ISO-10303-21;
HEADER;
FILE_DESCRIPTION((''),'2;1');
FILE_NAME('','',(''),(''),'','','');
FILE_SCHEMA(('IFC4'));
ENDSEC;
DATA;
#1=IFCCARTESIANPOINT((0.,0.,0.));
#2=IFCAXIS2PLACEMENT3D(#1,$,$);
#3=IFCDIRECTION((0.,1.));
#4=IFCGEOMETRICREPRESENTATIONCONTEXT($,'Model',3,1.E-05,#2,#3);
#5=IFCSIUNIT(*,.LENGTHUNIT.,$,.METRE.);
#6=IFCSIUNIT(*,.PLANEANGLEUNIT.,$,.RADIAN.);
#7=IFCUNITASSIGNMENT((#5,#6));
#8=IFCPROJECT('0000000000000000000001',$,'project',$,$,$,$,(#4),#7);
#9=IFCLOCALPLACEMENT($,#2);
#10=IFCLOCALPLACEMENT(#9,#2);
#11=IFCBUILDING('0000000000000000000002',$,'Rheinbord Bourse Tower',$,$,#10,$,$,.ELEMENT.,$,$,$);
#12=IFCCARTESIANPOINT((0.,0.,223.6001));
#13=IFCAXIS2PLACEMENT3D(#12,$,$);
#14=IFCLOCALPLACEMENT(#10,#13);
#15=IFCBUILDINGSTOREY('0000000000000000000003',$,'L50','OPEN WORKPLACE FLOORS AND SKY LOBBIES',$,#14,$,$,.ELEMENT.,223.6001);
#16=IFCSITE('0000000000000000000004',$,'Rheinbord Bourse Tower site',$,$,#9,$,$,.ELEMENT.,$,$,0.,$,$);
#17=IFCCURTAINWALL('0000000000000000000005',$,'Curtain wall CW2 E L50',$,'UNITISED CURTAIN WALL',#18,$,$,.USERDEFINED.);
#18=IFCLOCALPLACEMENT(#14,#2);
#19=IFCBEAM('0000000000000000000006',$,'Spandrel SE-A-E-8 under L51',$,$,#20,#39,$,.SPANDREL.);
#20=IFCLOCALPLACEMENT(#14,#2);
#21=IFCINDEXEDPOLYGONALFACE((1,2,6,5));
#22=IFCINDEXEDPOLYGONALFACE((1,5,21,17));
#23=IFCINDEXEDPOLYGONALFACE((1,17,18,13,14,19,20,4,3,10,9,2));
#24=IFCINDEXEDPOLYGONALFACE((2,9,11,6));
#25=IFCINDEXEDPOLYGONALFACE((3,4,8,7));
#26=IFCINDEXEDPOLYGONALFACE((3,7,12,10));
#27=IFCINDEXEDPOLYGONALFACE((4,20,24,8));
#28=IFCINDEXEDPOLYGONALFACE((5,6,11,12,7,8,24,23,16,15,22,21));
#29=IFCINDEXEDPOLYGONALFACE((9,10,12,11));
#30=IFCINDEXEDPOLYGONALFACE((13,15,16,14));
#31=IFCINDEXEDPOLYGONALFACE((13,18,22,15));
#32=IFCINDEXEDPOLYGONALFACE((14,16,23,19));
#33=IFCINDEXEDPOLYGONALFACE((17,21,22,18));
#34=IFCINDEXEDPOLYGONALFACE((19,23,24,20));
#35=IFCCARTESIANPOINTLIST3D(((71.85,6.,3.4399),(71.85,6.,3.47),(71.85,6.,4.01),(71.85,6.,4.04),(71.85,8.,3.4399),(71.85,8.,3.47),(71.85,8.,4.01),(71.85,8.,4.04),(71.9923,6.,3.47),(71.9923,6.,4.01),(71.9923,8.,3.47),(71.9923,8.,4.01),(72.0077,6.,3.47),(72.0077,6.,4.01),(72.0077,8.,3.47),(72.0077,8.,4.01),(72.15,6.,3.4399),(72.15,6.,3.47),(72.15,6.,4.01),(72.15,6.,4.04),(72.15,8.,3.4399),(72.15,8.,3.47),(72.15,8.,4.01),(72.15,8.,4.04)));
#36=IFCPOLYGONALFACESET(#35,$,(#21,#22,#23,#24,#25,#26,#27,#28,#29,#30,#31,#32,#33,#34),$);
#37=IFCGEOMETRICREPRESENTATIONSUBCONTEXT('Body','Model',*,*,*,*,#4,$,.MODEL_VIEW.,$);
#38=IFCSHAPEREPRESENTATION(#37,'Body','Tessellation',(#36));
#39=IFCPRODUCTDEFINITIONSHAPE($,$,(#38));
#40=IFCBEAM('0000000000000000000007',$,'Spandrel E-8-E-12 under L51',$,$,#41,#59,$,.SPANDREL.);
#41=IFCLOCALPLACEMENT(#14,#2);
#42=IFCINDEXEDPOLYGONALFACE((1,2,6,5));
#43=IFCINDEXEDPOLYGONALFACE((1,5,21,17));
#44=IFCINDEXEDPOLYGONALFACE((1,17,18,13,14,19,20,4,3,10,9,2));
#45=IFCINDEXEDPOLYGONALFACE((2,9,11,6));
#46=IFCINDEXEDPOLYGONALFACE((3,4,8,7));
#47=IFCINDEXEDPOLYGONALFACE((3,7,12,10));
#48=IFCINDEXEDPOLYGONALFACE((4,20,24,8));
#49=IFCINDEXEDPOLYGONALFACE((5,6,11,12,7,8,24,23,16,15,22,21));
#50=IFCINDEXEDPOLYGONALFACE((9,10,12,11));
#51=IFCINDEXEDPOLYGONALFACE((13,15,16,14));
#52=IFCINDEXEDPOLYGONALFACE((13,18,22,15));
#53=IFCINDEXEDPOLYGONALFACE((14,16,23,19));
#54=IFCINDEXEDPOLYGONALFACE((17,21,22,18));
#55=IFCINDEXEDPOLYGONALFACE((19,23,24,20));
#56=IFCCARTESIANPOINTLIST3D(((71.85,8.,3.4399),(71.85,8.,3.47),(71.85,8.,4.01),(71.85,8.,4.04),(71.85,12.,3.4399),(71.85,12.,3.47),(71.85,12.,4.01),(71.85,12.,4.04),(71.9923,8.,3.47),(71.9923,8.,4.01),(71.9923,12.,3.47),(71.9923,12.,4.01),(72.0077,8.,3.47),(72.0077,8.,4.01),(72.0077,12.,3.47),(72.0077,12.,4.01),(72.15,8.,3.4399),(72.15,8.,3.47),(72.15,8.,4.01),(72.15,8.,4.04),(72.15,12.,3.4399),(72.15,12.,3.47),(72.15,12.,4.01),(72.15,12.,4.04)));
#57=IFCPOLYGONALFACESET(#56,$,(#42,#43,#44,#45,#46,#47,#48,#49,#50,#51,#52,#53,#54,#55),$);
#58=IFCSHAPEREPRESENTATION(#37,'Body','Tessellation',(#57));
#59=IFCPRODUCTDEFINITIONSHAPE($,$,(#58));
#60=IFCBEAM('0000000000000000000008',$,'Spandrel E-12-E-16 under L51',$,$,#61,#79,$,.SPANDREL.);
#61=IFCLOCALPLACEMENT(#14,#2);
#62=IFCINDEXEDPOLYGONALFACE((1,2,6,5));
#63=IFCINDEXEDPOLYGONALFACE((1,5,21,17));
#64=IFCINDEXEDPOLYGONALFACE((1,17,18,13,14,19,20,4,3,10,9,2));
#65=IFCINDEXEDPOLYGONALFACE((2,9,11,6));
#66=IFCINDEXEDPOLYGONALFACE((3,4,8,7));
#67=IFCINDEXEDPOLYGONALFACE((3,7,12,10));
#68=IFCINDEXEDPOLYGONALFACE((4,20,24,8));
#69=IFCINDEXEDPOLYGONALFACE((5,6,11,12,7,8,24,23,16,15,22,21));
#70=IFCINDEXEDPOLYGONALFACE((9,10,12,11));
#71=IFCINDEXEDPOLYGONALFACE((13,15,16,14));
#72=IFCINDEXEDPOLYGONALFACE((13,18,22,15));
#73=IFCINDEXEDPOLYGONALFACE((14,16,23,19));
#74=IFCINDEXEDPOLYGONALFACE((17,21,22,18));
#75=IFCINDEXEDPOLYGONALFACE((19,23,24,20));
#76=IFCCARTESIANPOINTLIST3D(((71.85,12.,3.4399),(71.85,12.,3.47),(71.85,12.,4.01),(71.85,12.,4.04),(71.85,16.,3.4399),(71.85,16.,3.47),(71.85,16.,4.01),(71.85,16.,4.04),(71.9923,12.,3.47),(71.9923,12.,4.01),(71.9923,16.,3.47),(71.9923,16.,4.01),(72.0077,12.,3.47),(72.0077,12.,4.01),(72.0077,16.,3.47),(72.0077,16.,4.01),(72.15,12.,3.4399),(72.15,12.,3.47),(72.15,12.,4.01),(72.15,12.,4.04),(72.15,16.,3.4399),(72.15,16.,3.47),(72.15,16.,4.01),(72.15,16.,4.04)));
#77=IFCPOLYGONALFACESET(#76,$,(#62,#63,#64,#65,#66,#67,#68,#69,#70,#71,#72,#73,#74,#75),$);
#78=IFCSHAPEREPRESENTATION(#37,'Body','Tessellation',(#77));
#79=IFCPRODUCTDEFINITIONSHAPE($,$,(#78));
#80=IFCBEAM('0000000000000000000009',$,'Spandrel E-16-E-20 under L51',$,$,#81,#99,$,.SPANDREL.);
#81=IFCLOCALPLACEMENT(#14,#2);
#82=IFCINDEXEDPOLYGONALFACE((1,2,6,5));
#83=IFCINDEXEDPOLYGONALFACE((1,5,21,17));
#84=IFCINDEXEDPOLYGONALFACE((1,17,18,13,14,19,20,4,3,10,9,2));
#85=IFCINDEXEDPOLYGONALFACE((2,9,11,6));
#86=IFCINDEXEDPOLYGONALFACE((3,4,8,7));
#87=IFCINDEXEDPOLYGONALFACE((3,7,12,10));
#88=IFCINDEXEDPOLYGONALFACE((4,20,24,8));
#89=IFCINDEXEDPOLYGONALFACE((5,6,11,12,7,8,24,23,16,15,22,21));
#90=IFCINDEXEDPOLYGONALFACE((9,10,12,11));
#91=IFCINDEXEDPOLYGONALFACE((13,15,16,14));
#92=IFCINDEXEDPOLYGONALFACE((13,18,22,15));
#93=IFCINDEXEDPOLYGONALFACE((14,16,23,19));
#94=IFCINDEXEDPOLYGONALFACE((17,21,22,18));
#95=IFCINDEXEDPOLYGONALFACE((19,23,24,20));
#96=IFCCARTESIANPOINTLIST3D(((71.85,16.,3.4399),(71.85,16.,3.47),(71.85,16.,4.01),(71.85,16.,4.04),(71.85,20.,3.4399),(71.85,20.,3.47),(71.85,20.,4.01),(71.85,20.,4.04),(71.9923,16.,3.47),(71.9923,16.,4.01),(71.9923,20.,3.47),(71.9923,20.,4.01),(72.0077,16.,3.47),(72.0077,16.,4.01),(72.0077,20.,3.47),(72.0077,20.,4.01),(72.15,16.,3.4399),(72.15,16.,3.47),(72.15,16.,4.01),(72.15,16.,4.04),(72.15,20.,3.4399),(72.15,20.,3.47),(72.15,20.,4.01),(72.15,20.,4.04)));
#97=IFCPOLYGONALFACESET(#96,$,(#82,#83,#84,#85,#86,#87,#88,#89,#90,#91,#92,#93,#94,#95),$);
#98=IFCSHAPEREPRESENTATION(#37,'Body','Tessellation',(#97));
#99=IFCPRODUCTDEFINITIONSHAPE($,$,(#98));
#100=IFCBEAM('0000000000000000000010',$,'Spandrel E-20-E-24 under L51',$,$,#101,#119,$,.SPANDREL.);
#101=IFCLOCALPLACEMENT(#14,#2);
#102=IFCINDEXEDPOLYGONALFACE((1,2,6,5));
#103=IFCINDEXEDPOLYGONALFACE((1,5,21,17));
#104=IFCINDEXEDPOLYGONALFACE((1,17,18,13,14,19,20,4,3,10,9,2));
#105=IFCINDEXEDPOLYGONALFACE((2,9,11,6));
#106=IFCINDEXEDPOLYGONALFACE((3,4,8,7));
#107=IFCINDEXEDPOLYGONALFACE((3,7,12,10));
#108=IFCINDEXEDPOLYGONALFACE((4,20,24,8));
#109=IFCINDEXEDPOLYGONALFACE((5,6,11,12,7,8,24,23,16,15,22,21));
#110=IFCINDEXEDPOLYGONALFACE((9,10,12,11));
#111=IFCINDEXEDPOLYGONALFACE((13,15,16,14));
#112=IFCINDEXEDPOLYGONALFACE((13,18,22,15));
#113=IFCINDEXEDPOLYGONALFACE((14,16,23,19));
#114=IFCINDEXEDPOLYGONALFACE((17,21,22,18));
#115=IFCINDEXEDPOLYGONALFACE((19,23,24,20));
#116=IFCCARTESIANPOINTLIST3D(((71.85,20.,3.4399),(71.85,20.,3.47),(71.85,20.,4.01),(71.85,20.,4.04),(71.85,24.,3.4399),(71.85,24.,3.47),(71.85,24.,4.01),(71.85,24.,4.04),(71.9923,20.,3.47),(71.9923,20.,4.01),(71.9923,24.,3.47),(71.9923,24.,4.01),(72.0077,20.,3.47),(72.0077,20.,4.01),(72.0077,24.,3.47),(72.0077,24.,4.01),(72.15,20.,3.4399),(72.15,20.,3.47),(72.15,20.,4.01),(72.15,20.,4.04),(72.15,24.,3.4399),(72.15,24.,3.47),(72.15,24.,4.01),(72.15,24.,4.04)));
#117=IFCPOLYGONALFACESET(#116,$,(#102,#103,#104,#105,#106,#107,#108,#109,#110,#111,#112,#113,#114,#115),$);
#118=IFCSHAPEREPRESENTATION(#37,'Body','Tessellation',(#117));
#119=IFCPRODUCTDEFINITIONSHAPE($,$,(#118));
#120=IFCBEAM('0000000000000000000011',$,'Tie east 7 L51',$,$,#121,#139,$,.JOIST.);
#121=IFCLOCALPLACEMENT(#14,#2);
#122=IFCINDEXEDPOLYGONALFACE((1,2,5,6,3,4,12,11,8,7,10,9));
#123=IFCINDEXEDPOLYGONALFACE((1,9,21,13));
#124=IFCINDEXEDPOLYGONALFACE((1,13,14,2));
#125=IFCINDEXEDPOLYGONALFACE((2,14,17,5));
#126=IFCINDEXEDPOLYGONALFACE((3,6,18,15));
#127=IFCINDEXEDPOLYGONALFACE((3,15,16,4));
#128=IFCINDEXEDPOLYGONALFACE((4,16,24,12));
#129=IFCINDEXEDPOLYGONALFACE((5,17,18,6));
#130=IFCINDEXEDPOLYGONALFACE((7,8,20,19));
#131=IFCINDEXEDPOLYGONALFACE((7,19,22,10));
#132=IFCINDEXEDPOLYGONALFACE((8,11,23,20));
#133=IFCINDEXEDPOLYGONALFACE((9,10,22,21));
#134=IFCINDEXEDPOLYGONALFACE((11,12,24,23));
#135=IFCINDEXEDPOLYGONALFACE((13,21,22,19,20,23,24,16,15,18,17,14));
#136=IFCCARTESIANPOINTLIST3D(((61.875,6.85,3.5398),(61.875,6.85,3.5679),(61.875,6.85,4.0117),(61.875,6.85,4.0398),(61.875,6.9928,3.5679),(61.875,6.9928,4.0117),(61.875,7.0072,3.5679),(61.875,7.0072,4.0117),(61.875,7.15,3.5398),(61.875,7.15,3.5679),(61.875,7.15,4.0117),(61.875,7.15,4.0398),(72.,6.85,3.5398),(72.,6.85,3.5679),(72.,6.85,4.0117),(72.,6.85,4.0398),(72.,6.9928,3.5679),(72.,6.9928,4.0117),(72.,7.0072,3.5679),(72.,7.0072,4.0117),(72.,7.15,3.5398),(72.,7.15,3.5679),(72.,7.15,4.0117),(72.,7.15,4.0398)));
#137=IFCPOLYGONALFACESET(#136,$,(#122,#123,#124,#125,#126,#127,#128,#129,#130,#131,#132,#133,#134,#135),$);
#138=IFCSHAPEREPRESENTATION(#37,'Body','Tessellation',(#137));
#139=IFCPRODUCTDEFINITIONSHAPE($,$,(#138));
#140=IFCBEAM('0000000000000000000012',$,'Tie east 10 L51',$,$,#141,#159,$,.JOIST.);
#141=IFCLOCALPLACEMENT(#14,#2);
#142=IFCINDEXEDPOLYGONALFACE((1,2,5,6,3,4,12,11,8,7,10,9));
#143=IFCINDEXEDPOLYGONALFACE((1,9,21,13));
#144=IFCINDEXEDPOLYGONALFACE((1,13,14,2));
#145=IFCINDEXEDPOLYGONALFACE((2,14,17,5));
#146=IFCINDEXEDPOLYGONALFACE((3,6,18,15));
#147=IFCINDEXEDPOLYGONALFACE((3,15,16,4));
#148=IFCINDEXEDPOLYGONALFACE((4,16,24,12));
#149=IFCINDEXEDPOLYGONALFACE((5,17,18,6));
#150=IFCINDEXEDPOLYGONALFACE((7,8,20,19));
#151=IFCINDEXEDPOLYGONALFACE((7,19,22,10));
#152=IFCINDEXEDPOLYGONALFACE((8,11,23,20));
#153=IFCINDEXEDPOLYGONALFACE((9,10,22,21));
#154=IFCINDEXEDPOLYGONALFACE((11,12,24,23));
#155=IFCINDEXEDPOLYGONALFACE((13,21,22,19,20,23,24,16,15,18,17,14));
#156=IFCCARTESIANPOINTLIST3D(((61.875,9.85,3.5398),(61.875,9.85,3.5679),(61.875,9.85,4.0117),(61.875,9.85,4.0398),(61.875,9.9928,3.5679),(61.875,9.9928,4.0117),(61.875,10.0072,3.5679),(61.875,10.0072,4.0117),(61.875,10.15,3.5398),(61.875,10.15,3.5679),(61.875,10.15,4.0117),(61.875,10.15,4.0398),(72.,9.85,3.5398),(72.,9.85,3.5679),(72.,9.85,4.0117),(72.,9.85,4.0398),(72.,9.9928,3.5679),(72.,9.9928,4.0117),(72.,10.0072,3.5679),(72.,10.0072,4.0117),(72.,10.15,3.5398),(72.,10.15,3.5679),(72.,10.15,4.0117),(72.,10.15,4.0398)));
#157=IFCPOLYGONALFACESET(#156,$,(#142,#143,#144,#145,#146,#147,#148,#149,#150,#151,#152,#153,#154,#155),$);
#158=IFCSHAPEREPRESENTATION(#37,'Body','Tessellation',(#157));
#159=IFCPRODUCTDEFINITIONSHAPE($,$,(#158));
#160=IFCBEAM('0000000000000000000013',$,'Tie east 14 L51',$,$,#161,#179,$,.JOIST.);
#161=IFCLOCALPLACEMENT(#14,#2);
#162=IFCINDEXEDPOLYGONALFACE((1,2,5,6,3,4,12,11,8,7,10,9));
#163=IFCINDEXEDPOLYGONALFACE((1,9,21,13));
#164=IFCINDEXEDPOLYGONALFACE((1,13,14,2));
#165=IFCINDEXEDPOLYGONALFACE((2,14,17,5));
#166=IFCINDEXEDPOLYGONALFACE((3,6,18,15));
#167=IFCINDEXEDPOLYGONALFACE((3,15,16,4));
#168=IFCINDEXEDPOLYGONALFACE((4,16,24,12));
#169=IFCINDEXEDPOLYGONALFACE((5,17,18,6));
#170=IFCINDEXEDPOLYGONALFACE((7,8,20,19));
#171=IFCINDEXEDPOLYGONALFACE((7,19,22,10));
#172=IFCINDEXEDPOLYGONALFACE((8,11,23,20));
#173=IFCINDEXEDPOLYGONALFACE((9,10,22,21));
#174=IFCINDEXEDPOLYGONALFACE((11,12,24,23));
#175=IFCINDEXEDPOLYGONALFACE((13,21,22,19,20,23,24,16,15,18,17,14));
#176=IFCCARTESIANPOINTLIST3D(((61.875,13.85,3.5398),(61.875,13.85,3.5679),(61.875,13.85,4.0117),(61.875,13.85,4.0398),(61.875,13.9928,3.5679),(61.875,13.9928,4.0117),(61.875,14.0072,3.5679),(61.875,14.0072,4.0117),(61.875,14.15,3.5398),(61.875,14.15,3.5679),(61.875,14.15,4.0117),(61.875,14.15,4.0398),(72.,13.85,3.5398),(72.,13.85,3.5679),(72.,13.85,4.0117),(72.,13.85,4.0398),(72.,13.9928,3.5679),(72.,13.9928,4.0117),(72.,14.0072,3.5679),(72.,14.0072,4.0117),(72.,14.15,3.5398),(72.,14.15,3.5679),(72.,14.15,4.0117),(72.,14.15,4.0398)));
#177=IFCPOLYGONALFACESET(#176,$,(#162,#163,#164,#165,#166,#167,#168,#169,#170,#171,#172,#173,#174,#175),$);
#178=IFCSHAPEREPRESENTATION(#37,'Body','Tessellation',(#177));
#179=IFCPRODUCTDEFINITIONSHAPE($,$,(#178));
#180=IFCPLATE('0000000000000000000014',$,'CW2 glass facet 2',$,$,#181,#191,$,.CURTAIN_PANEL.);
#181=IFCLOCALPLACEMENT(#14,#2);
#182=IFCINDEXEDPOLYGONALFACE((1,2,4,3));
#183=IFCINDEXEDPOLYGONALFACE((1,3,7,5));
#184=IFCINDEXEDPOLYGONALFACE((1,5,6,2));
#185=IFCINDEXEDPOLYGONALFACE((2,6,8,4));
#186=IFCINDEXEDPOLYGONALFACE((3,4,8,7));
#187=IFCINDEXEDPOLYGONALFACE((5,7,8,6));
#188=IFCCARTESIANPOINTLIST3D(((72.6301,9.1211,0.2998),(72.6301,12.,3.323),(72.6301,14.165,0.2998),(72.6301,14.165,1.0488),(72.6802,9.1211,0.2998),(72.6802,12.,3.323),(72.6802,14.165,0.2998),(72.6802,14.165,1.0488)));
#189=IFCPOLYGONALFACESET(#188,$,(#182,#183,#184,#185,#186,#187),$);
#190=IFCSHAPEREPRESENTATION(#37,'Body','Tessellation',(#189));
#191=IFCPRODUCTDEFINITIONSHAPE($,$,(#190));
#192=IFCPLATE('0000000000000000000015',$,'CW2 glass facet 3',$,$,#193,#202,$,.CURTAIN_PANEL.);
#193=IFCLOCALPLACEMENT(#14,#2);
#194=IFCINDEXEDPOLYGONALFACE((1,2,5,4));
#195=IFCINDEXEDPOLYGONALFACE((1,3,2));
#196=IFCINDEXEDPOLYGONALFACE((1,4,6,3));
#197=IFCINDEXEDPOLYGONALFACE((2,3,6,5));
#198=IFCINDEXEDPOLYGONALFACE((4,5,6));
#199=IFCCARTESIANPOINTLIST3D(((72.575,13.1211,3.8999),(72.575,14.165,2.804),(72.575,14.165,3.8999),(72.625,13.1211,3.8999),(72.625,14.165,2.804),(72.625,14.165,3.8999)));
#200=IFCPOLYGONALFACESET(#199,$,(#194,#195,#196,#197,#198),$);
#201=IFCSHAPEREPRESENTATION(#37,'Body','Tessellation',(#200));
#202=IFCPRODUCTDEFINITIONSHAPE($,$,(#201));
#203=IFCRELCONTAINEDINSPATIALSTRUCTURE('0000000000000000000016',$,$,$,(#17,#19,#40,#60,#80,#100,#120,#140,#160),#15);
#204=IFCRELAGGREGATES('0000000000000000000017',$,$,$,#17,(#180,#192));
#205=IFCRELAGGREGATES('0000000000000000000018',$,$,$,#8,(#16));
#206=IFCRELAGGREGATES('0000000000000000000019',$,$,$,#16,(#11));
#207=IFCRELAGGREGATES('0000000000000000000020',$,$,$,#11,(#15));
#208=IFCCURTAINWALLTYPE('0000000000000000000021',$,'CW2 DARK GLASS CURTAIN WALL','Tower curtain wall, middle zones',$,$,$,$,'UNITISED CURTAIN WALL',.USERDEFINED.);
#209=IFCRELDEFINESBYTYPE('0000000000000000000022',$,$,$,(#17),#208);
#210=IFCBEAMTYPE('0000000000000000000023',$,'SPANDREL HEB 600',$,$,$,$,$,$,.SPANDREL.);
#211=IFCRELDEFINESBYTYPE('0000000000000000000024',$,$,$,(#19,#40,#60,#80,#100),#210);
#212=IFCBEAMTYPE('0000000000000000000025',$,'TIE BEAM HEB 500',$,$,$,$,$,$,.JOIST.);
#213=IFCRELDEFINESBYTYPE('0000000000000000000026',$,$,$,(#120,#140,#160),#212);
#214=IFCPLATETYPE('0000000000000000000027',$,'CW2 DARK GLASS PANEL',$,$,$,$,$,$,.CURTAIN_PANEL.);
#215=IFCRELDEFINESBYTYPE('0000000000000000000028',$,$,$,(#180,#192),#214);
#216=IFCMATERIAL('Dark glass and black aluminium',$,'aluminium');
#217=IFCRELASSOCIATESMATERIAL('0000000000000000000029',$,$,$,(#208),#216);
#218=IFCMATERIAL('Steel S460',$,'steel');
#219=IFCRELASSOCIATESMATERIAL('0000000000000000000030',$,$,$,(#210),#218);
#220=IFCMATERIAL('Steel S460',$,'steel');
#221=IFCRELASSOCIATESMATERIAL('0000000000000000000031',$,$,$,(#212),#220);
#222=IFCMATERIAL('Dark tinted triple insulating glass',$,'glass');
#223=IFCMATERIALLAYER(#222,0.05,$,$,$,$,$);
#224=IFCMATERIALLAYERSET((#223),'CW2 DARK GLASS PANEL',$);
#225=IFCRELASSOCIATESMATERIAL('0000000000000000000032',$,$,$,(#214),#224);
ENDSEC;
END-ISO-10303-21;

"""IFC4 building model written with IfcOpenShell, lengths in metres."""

from ifc_helpers import new_model, si_unit, direction, frame, origin, origin_2d, place, context, subcontext, project, spatial, polyline, i_section, outline, extrude, material, layer, layer_set, material_profile, profile_set, type_object, element, aggregate, save


model = new_model("IFC4")

# Units and contexts
model_context = context("Model", 3, precision=1e-05, world=origin(), true_north=direction((0.0, 1.0)))
body_context = subcontext(model_context, "Body", "Model", "MODEL_VIEW")
ifc_project = project(units=[si_unit("LENGTHUNIT", "METRE"), si_unit("PLANEANGLEUNIT", "RADIAN")], contexts=[model_context])

# Site, building, storey
site_placement = place(None, origin())
site = spatial("IfcSite", under=ifc_project, at=site_placement, Name="Rheinbord Bourse Tower site", CompositionType="ELEMENT", RefElevation=0.0)
building_placement = place(site_placement, origin())
building = spatial("IfcBuilding", under=site, at=building_placement, Name="Rheinbord Bourse Tower", CompositionType="ELEMENT")
storey_placement = place(building_placement, frame((0.0, 0.0, 223.6001)))
storey = spatial("IfcBuildingStorey", under=building, at=storey_placement, Name="L50", Description="OPEN WORKPLACE FLOORS AND SKY LOBBIES", CompositionType="ELEMENT", Elevation=223.6001)

# Curtain wall
ifc_material_1 = material(Name="Dark glass and black aluminium", Category="aluminium")
curtain_wall_type = type_object("IfcCurtainWallType", Name="CW2 DARK GLASS CURTAIN WALL", Description="Tower curtain wall, middle zones", ElementType="UNITISED CURTAIN WALL", PredefinedType="USERDEFINED", material=ifc_material_1)
curtain_wall_placement = place(storey_placement, origin())
curtain_wall = element("IfcCurtainWall", 1, at=curtain_wall_placement, inside=storey, type_object=curtain_wall_type, Name="Curtain wall CW2 E L50", ObjectType="UNITISED CURTAIN WALL", PredefinedType="USERDEFINED")

# Beams
ifc_material_2 = material(Name="Steel S460", Category="steel")
ifc_material_profile_1 = material_profile(ifc_material_2, i_section(OverallWidth=0.3, OverallDepth=0.6001, WebThickness=0.0154, FlangeThickness=0.03, at=origin_2d()), Name="HEB 600")
ifc_profile_set_1 = profile_set([ifc_material_profile_1], Name="Steel S460")
beam_type_1 = type_object("IfcBeamType", Name="SPANDREL HEB 600", PredefinedType="SPANDREL", material=ifc_profile_set_1)
beam_1_placement = place(storey_placement, frame((72.0, 6.0, 3.74), z_axis=(0.0, 1.0, 0.0), x_axis=(-1.0, 0.0, 0.0)))
element("IfcBeam", 2, at=beam_1_placement, inside=storey, type_object=beam_type_1, Name="Spandrel SE-A-E-8 under L51", PredefinedType="SPANDREL", context=body_context, shape_type="SweptSolid", body=[
    extrude(i_section(OverallWidth=0.3, OverallDepth=0.6001, WebThickness=0.0154, FlangeThickness=0.03, at=origin_2d()), origin(), (0.0, 0.0, 1.0), 2.0),
])
for number, where, z_axis, x_axis, name in (
    (3, (72.0, 8.0, 3.74), (0.0, 1.0, 0.0), (-1.0, 0.0, 0.0), "Spandrel E-8-E-12 under L51"),
    (4, (72.0, 12.0, 3.74), (0.0, 1.0, 0.0), (-1.0, 0.0, 0.0), "Spandrel E-12-E-16 under L51"),
    (5, (72.0, 16.0, 3.74), (0.0, 1.0, 0.0), (-1.0, 0.0, 0.0), "Spandrel E-16-E-20 under L51"),
    (6, (72.0, 20.0, 3.74), (0.0, 1.0, 0.0), (-1.0, 0.0, 0.0), "Spandrel E-20-E-24 under L51"),
):
    element("IfcBeam", number, at=place(storey_placement, frame(where, z_axis=z_axis, x_axis=x_axis)), inside=storey, type_object=beam_type_1, Name=name, PredefinedType="SPANDREL", context=body_context, shape_type="SweptSolid", body=[
        extrude(i_section(OverallWidth=0.3, OverallDepth=0.6001, WebThickness=0.0154, FlangeThickness=0.03, at=origin_2d()), origin(), (0.0, 0.0, 1.0), 4.0),
    ])
ifc_material_3 = material(Name="Steel S460", Category="steel")
ifc_material_profile_2 = material_profile(ifc_material_3, i_section(OverallWidth=0.3, OverallDepth=0.5, WebThickness=0.0144, FlangeThickness=0.0281, at=origin_2d()), Name="HEB 500")
ifc_profile_set_2 = profile_set([ifc_material_profile_2], Name="Steel S460")
beam_type_2 = type_object("IfcBeamType", Name="TIE BEAM HEB 500", PredefinedType="JOIST", material=ifc_profile_set_2)
for number, where, z_axis, x_axis, name in (
    (7, (61.875, 7.0, 3.7898), (1.0, 0.0, 0.0), (0.0, 1.0, 0.0), "Tie east 7 L51"),
    (8, (61.875, 10.0, 3.7898), (1.0, 0.0, 0.0), (0.0, 1.0, 0.0), "Tie east 10 L51"),
    (9, (61.875, 14.0, 3.7898), (1.0, 0.0, 0.0), (0.0, 1.0, 0.0), "Tie east 14 L51"),
):
    element("IfcBeam", number, at=place(storey_placement, frame(where, z_axis=z_axis, x_axis=x_axis)), inside=storey, type_object=beam_type_2, Name=name, PredefinedType="JOIST", context=body_context, shape_type="SweptSolid", body=[
        extrude(i_section(OverallWidth=0.3, OverallDepth=0.5, WebThickness=0.0144, FlangeThickness=0.0281, at=origin_2d()), origin(), (0.0, 0.0, 1.0), 10.125),
    ])

# Plates
ifc_material_4 = material(Name="Dark tinted triple insulating glass", Category="glass")
ifc_layer_1 = layer(ifc_material_4, 0.05)
ifc_layer_set_1 = layer_set([ifc_layer_1], Name="CW2 DARK GLASS PANEL")
plate_type = type_object("IfcPlateType", Name="CW2 DARK GLASS PANEL", PredefinedType="CURTAIN_PANEL", material=ifc_layer_set_1)
plate_1_placement = place(storey_placement, frame((72.6802, 14.165, 0.2998), z_axis=(-1.0, 0.0, 0.0), x_axis=(0.0, -1.0, 0.0)))
plate_1 = element("IfcPlate", 10, at=plate_1_placement, type_object=plate_type, Name="CW2 glass facet 2", PredefinedType="CURTAIN_PANEL", context=body_context, shape_type="SweptSolid", body=[
    extrude(outline(polyline([(0.0, 0.0), (5.0439, 0.0), (2.165, 3.0232), (0.0, 0.749), (0.0, 0.0)])), origin(), (0.0, 0.0, 1.0), 0.05),
])
plate_2_placement = place(storey_placement, frame((72.625, 14.165, 3.8999), z_axis=(-1.0, 0.0, 0.0), x_axis=(0.0, 0.0, -1.0)))
plate_2 = element("IfcPlate", 11, at=plate_2_placement, type_object=plate_type, Name="CW2 glass facet 3", PredefinedType="CURTAIN_PANEL", context=body_context, shape_type="SweptSolid", body=[
    extrude(outline(polyline([(0.0, 0.0), (1.0959, 0.0), (0.0, 1.0439), (0.0, 0.0)])), origin(), (0.0, 0.0, 1.0), 0.05),
])
aggregate(curtain_wall, [plate_1, plate_2])

save(model, "model.ifc")
